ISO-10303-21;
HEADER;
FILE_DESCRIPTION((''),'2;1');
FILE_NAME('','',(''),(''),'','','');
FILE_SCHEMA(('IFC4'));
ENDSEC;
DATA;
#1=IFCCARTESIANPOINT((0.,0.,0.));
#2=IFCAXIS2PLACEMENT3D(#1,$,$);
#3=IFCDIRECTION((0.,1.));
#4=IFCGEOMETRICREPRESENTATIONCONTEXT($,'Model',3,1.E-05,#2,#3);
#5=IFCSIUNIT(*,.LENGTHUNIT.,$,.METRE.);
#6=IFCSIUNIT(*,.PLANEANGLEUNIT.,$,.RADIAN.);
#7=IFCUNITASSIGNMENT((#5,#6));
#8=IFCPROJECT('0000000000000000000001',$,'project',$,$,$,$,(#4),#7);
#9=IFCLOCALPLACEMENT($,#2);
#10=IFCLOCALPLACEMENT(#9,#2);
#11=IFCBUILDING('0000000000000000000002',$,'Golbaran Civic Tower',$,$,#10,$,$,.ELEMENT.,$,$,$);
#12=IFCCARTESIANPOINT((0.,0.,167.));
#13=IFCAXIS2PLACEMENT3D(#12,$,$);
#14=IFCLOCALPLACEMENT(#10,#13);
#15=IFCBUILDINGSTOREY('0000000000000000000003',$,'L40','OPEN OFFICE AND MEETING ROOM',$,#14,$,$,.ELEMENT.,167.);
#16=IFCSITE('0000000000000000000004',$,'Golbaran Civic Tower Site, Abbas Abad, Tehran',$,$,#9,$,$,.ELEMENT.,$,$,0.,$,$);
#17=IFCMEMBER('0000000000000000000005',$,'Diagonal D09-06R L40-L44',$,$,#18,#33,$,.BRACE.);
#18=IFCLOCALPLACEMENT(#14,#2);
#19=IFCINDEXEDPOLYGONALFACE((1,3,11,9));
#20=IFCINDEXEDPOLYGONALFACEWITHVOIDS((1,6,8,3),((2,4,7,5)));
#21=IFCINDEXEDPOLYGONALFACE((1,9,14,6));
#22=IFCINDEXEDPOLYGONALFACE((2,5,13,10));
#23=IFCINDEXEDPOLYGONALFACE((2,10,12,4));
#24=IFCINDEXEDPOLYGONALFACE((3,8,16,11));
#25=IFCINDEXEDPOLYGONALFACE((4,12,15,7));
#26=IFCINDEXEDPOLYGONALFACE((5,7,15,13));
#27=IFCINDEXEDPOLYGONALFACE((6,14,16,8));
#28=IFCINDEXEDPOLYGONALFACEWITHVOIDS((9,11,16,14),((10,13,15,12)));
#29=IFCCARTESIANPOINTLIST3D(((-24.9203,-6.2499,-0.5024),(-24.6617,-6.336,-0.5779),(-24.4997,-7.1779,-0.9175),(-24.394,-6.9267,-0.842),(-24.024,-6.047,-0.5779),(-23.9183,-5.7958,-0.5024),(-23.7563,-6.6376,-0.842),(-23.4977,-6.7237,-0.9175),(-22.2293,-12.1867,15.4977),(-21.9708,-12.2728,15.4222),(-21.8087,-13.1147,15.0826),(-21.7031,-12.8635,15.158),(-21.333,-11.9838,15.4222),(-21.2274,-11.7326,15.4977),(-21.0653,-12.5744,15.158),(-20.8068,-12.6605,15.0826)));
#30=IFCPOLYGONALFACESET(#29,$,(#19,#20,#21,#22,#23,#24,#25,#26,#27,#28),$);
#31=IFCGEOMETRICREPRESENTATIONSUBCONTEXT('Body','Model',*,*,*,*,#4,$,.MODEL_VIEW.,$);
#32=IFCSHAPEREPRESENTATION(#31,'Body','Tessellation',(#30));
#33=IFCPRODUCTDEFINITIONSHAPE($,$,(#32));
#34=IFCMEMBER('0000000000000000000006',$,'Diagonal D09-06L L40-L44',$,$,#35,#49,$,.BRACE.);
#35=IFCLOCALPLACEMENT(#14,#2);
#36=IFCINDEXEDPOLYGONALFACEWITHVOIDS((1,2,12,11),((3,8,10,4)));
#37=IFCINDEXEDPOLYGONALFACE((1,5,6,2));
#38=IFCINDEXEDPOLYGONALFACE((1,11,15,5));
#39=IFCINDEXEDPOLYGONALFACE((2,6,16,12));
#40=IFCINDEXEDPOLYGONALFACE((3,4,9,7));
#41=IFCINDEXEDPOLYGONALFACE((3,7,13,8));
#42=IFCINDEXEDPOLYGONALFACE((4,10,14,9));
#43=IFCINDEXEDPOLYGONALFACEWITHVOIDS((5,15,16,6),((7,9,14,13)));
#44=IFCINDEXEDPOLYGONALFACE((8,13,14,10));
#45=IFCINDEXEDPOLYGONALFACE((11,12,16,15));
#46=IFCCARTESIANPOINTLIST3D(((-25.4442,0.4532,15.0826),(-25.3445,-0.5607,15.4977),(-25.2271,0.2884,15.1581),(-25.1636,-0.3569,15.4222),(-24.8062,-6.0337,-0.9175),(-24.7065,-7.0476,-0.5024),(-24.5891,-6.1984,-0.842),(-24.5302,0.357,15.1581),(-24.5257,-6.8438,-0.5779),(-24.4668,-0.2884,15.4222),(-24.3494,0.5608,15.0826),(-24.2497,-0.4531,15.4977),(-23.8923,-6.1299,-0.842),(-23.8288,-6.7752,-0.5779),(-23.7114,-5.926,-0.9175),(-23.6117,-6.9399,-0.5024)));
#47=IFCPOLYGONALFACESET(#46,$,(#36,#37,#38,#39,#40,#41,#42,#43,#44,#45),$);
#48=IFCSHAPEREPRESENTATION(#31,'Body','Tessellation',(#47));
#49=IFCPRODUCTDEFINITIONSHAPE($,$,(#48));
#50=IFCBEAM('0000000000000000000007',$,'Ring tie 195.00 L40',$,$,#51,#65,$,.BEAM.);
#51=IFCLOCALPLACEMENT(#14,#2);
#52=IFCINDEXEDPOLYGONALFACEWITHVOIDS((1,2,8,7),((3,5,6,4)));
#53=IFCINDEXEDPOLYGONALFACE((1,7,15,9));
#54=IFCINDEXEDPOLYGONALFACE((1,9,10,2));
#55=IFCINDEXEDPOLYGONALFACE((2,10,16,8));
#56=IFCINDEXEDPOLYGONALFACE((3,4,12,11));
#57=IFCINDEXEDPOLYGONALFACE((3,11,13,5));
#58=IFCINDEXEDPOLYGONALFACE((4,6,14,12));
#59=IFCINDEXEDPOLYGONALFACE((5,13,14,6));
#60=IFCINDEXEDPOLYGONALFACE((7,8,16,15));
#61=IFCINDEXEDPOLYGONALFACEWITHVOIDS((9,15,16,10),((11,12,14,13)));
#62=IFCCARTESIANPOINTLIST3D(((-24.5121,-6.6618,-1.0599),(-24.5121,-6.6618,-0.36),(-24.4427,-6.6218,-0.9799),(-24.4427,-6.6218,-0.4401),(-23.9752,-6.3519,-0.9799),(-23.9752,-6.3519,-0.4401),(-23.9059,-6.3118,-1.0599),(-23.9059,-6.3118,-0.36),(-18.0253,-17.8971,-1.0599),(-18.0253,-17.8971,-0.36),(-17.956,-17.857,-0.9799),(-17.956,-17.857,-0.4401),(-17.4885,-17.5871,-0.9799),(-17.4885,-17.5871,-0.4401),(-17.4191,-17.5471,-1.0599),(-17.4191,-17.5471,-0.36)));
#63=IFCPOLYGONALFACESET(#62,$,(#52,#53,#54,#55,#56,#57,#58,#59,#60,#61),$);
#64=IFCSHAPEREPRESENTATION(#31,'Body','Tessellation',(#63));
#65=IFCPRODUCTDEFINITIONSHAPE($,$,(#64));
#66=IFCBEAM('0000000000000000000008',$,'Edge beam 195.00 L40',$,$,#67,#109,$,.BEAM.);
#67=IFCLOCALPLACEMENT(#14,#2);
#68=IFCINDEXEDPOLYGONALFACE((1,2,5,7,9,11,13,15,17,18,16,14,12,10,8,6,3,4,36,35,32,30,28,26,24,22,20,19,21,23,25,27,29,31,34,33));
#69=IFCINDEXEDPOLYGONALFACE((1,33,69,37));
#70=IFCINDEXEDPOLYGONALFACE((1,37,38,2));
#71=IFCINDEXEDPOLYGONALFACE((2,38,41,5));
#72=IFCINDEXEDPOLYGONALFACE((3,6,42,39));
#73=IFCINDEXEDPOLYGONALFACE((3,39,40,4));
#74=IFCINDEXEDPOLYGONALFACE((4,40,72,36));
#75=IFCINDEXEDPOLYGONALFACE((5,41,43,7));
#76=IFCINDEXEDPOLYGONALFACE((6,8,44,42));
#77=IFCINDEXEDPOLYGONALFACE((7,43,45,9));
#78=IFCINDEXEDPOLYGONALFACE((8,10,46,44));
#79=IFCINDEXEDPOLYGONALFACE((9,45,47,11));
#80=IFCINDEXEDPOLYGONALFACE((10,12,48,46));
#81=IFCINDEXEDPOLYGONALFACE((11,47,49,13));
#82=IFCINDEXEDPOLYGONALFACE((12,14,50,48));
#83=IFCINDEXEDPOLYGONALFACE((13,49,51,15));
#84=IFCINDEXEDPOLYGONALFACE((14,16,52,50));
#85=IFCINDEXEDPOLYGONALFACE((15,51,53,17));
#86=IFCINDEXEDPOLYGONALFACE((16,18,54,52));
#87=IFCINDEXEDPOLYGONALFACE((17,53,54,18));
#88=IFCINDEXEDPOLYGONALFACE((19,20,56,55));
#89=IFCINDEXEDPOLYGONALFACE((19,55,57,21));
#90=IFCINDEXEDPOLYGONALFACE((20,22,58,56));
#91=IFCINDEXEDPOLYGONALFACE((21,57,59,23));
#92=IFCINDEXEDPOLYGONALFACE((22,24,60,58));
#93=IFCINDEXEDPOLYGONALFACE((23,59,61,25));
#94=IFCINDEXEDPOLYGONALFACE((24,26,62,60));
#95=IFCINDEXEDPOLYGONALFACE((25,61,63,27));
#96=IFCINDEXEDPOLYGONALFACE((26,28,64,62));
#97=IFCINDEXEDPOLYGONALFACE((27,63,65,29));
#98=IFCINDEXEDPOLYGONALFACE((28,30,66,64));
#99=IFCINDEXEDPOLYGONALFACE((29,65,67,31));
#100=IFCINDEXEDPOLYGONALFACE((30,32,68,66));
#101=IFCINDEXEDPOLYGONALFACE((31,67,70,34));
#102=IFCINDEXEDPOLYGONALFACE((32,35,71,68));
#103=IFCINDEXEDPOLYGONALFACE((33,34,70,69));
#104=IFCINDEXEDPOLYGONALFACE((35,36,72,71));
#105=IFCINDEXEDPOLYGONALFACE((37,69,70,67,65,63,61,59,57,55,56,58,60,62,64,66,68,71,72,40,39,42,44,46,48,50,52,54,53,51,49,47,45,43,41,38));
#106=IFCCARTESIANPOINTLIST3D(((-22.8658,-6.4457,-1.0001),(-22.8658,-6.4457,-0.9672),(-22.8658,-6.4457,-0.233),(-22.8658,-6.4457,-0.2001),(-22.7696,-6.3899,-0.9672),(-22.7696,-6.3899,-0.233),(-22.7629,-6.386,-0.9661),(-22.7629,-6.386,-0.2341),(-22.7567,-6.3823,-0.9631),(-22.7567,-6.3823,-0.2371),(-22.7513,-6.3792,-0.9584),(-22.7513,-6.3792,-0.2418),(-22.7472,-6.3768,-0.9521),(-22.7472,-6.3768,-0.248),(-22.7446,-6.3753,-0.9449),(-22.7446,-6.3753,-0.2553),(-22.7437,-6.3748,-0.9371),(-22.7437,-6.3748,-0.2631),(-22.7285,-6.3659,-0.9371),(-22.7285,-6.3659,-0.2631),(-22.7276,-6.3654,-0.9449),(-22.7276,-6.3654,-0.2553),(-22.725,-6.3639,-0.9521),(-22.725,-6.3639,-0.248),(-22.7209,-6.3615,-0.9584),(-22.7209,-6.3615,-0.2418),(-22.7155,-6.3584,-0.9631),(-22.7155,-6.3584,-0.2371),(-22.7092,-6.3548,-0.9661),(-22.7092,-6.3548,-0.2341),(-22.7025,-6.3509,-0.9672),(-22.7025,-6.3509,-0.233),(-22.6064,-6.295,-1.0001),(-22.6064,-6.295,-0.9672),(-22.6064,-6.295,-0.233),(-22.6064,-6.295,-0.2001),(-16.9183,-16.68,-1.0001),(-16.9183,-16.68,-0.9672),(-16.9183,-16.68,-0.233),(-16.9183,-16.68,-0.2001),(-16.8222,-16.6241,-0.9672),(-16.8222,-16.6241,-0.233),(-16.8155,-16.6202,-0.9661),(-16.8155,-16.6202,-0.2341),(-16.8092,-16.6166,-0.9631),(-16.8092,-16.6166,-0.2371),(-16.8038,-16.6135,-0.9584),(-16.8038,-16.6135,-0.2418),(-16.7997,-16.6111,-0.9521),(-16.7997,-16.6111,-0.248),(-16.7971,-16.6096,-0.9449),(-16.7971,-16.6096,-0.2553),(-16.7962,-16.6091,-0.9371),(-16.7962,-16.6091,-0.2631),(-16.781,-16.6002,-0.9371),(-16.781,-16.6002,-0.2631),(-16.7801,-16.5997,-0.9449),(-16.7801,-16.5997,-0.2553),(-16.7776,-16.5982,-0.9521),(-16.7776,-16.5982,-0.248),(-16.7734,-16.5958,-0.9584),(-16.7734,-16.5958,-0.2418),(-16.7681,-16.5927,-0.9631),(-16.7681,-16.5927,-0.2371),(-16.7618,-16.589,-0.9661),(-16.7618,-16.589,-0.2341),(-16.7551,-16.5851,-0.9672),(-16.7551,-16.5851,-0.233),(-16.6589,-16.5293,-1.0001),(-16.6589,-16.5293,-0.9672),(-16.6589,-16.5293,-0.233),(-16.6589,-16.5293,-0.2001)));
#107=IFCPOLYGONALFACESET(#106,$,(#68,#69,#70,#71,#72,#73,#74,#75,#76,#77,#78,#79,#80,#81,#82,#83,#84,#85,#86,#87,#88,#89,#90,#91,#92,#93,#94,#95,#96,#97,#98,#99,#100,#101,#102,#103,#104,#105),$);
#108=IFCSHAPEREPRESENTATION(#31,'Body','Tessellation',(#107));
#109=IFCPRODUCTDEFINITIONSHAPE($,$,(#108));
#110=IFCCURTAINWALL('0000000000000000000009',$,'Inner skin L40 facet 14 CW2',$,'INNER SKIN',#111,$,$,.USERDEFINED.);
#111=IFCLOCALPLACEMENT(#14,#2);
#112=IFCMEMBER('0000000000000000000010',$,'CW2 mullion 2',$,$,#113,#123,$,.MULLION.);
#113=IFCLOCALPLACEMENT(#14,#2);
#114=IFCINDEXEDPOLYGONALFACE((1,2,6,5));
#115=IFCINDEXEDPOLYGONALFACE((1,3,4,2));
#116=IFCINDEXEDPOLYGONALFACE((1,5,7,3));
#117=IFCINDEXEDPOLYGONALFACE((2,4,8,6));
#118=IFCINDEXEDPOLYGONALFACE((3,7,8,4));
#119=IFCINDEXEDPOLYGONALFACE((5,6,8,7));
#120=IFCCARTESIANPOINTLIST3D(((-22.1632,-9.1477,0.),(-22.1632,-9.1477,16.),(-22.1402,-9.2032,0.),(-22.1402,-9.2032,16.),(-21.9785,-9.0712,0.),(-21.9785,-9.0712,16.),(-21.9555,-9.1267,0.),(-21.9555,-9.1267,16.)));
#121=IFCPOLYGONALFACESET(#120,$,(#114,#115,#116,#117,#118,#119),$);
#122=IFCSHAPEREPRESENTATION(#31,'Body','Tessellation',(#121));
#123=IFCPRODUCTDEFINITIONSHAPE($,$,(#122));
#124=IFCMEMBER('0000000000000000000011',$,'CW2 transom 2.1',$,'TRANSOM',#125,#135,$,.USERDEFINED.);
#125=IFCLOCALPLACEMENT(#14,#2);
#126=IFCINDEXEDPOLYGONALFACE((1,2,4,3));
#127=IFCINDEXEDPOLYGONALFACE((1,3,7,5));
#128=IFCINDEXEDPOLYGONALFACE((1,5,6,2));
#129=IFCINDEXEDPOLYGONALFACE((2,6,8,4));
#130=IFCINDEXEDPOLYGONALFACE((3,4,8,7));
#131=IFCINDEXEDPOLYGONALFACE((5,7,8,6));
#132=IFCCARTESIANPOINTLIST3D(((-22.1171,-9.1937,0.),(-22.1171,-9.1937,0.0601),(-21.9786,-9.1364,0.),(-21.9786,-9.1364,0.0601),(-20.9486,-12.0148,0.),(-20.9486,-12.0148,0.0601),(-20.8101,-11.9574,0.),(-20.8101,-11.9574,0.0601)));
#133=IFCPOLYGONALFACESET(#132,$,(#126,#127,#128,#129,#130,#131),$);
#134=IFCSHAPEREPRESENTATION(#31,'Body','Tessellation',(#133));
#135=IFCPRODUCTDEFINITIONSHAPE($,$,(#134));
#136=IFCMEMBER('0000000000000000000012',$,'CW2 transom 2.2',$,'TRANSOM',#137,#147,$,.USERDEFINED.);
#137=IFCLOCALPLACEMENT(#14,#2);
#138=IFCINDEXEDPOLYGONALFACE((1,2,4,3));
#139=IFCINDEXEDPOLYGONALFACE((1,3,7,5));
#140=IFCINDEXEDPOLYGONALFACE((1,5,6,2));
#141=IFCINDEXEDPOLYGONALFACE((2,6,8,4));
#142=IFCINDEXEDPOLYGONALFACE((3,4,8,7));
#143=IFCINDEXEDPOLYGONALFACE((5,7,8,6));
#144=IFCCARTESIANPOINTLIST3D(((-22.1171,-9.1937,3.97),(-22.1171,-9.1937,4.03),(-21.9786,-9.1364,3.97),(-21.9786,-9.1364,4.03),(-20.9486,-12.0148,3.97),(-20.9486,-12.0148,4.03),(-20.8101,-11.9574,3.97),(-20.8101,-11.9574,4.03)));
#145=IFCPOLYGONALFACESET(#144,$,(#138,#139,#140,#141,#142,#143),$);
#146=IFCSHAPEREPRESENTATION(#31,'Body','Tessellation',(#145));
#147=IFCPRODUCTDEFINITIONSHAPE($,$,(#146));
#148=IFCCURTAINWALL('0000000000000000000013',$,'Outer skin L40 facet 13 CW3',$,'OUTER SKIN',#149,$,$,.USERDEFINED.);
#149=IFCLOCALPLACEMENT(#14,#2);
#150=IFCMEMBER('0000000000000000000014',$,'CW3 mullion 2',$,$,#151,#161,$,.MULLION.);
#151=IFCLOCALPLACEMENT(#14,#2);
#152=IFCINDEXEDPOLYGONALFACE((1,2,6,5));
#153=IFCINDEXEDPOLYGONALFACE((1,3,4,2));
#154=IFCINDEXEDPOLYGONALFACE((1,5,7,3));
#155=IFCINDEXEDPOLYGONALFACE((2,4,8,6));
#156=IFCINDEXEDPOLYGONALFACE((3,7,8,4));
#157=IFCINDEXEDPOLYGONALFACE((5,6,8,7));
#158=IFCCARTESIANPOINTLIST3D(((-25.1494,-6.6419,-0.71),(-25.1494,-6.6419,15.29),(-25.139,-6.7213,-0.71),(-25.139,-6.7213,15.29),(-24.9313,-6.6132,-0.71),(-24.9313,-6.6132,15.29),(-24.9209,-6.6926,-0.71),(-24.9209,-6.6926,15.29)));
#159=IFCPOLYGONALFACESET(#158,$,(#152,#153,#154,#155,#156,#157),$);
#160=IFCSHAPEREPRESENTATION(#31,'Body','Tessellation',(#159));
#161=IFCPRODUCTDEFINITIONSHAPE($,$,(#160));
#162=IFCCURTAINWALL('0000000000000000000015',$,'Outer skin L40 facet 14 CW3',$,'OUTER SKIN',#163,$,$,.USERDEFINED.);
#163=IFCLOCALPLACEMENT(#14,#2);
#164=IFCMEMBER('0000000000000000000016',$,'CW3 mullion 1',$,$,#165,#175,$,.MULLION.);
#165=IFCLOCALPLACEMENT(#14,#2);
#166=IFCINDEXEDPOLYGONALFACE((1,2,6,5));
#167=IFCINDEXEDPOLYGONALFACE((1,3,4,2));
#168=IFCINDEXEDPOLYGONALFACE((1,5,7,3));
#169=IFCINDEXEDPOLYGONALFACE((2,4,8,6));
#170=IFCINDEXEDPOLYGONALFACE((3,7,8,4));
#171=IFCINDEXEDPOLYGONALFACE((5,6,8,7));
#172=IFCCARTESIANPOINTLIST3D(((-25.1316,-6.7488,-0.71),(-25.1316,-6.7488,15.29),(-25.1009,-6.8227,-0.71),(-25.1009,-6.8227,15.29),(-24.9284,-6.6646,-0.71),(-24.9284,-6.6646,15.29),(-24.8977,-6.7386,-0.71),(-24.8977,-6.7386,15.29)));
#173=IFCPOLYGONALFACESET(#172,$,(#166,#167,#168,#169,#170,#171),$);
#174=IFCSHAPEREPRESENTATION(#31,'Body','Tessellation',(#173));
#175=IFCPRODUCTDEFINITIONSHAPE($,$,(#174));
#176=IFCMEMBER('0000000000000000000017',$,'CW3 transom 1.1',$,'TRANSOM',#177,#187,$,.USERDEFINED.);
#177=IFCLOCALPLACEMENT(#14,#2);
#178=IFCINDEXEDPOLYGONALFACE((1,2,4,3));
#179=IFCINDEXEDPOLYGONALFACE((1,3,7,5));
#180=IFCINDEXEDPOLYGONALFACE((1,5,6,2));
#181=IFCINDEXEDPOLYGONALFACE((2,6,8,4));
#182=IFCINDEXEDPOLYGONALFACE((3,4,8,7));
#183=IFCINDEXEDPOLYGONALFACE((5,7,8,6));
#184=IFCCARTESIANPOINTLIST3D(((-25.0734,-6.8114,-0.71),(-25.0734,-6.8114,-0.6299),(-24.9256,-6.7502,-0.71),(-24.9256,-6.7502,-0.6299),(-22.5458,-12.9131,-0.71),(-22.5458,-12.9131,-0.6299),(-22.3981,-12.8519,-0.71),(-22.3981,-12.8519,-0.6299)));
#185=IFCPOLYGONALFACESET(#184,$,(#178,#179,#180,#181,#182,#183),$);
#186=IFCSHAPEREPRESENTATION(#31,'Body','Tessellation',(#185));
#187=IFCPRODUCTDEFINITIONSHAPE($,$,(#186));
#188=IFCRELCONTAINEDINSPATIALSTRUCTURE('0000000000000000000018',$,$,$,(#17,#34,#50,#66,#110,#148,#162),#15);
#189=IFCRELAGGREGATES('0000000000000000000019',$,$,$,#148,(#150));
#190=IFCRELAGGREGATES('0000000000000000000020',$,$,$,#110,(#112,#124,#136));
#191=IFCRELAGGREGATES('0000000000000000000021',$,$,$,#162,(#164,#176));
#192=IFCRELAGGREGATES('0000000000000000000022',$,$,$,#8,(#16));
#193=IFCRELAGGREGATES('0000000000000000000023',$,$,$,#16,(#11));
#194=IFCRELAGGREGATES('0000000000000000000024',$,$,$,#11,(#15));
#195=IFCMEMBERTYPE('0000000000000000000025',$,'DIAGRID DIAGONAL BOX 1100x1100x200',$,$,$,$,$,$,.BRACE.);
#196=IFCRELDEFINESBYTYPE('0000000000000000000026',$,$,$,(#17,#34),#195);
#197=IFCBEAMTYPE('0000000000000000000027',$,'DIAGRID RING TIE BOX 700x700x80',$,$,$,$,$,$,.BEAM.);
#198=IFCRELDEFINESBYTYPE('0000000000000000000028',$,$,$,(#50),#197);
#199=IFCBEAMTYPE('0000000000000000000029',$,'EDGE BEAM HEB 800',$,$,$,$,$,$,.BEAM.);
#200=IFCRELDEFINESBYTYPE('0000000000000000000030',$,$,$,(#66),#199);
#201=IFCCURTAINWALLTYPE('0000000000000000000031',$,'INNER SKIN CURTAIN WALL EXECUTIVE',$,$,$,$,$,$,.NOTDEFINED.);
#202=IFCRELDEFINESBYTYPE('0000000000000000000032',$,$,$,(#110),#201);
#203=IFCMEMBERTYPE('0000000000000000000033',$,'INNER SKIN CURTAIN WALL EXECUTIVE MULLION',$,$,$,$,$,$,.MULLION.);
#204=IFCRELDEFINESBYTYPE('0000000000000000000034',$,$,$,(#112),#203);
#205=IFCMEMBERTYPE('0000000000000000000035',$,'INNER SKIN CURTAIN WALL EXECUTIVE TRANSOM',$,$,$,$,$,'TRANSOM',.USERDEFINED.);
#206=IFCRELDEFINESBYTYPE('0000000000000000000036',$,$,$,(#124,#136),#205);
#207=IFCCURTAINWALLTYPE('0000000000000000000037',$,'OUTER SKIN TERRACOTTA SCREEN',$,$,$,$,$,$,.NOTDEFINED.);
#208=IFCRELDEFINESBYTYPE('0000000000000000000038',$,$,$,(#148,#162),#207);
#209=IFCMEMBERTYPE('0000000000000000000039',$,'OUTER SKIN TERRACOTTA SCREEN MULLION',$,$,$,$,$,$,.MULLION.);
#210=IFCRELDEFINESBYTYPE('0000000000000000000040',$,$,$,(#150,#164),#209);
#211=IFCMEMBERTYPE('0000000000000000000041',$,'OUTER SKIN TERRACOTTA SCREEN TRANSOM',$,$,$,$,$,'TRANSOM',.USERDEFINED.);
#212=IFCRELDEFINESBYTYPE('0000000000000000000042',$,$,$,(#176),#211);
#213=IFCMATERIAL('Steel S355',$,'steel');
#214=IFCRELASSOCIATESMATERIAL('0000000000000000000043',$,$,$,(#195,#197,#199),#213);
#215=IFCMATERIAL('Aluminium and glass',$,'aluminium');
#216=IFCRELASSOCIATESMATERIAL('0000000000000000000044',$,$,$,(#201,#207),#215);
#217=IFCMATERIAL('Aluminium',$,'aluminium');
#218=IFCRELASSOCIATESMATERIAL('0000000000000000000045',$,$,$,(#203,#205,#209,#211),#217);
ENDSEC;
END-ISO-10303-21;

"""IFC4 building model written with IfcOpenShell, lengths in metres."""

from ifc_helpers import new_model, si_unit, direction, frame, origin, origin_2d, place, context, subcontext, project, spatial, rectangle, hollow_rectangle, i_section, extrude, material, material_profile, profile_set, type_object, element, aggregate, save


model = new_model("IFC4")

# Units and contexts
model_context = context("Model", 3, precision=1e-05, world=origin(), true_north=direction((0.0, 1.0)))
body_context = subcontext(model_context, "Body", "Model", "MODEL_VIEW")
ifc_project = project(units=[si_unit("LENGTHUNIT", "METRE"), si_unit("PLANEANGLEUNIT", "RADIAN")], contexts=[model_context])

# Site, building, storey
site_placement = place(None, origin())
site = spatial("IfcSite", under=ifc_project, at=site_placement, Name="Golbaran Civic Tower Site, Abbas Abad, Tehran", CompositionType="ELEMENT", RefElevation=0.0)
building_placement = place(site_placement, origin())
building = spatial("IfcBuilding", under=site, at=building_placement, Name="Golbaran Civic Tower", CompositionType="ELEMENT")
storey_placement = place(building_placement, frame((0.0, 0.0, 167.0)))
storey = spatial("IfcBuildingStorey", under=building, at=storey_placement, Name="L40", Description="OPEN OFFICE AND MEETING ROOM", CompositionType="ELEMENT", Elevation=167.0)

# Members
ifc_material_1 = material(Name="Steel S355", Category="steel")
ifc_material_profile_1 = material_profile(ifc_material_1, hollow_rectangle(XDim=1.1001, YDim=1.1001, WallThickness=0.2, at=origin_2d()), Name="BOX 1100x1100x200")
ifc_profile_set_1 = profile_set([ifc_material_profile_1], Name="Steel S355")
member_type_1 = type_object("IfcMemberType", Name="DIAGRID DIAGONAL BOX 1100x1100x200", PredefinedType="BRACE", material=ifc_profile_set_1)
for number, where, z_axis, x_axis, name in (
    (1, (-24.209, -6.4868, -0.71), (0.155754, -0.343627, 0.9261), (0.910806, 0.412835, 0.0), "Diagonal D09-06R L40-L44"),
    (2, (-24.209, -6.4868, -0.71), (-0.036925, 0.375465, 0.926101), (-0.995199, -0.097872, 0.0), "Diagonal D09-06L L40-L44"),
):
    element("IfcMember", number, at=place(storey_placement, frame(where, z_axis=z_axis, x_axis=x_axis)), inside=storey, type_object=member_type_1, Name=name, PredefinedType="BRACE", context=body_context, shape_type="SweptSolid", body=[
        extrude(hollow_rectangle(XDim=1.1001, YDim=1.1001, WallThickness=0.2, at=origin_2d()), origin(), (0.0, 0.0, 1.0), 17.2769),
    ])

# Beams
ifc_material_profile_2 = material_profile(ifc_material_1, hollow_rectangle(XDim=0.7, YDim=0.7, WallThickness=0.0801, at=origin_2d()), Name="BOX 700x700x80")
ifc_profile_set_2 = profile_set([ifc_material_profile_2], Name="Steel S355")
beam_type_1 = type_object("IfcBeamType", Name="DIAGRID RING TIE BOX 700x700x80", PredefinedType="BEAM", material=ifc_profile_set_2)
beam_1_placement = place(storey_placement, frame((-24.209, -6.4868, -0.71), z_axis=(0.500005, -0.866023, 0.0), x_axis=(0.866023, 0.500005, 0.0)))
element("IfcBeam", 3, at=beam_1_placement, inside=storey, type_object=beam_type_1, Name="Ring tie 195.00 L40", PredefinedType="BEAM", context=body_context, shape_type="SweptSolid", body=[
    extrude(hollow_rectangle(XDim=0.7, YDim=0.7, WallThickness=0.0801, at=origin_2d()), origin(), (0.0, 0.0, 1.0), 12.9734),
])
ifc_material_profile_3 = material_profile(ifc_material_1, i_section(OverallWidth=0.3, OverallDepth=0.8, WebThickness=0.0176, FlangeThickness=0.033, FilletRadius=0.03, at=origin_2d()), Name="HEB 800")
ifc_profile_set_3 = profile_set([ifc_material_profile_3], Name="Steel S355")
beam_type_2 = type_object("IfcBeamType", Name="EDGE BEAM HEB 800", PredefinedType="BEAM", material=ifc_profile_set_3)
beam_2_placement = place(storey_placement, frame((-22.7361, -6.3704, -0.6001), z_axis=(0.502449, -0.864607, 0.0), x_axis=(0.864607, 0.502449, 0.0)))
element("IfcBeam", 4, at=beam_2_placement, inside=storey, type_object=beam_type_2, Name="Edge beam 195.00 L40", PredefinedType="BEAM", context=body_context, shape_type="SweptSolid", body=[
    extrude(i_section(OverallWidth=0.3, OverallDepth=0.8, WebThickness=0.0176, FlangeThickness=0.033, FilletRadius=0.03, at=origin_2d()), origin(), (0.0, 0.0, 1.0), 11.8369),
])

# Curtain wall, members
ifc_material_2 = material(Name="Aluminium and glass", Category="aluminium")
curtain_wall_type_1 = type_object("IfcCurtainWallType", Name="INNER SKIN CURTAIN WALL EXECUTIVE", PredefinedType="NOTDEFINED", material=ifc_material_2)
curtain_wall_1_placement = place(storey_placement, origin())
curtain_wall_1 = element("IfcCurtainWall", 5, at=curtain_wall_1_placement, inside=storey, type_object=curtain_wall_type_1, Name="Inner skin L40 facet 14 CW2", ObjectType="INNER SKIN", PredefinedType="USERDEFINED")
ifc_material_3 = material(Name="Aluminium", Category="aluminium")
ifc_material_profile_4 = material_profile(ifc_material_3, rectangle(XDim=0.2, YDim=0.0601, at=origin_2d()), Name="INNER SKIN CURTAIN WALL EXECUTIVE MULLION")
ifc_profile_set_4 = profile_set([ifc_material_profile_4], Name="Aluminium")
member_type_2 = type_object("IfcMemberType", Name="INNER SKIN CURTAIN WALL EXECUTIVE MULLION", PredefinedType="MULLION", material=ifc_profile_set_4)
member_1_placement = place(storey_placement, frame((-22.0593, -9.1372, 0.0), z_axis=(0.0, 0.0, 1.0), x_axis=(0.92388, 0.382683, 0.0)))
member_1 = element("IfcMember", 6, at=member_1_placement, type_object=member_type_2, Name="CW2 mullion 2", PredefinedType="MULLION", context=body_context, shape_type="SweptSolid", body=[
    extrude(rectangle(XDim=0.2, YDim=0.0601, at=origin_2d()), origin(), (0.0, 0.0, 1.0), 16.0),
])
ifc_material_profile_5 = material_profile(ifc_material_3, rectangle(XDim=0.1499, YDim=0.0601, at=origin_2d()), Name="INNER SKIN CURTAIN WALL EXECUTIVE TRANSOM")
ifc_profile_set_5 = profile_set([ifc_material_profile_5], Name="Aluminium")
member_type_3 = type_object("IfcMemberType", Name="INNER SKIN CURTAIN WALL EXECUTIVE TRANSOM", ElementType="TRANSOM", PredefinedType="USERDEFINED", material=ifc_profile_set_5)
member_2_placement = place(storey_placement, frame((-22.0479, -9.165, 0.03), z_axis=(0.382667, -0.923886, 0.0), x_axis=(0.923886, 0.382667, 0.0)))
member_2 = element("IfcMember", 7, at=member_2_placement, type_object=member_type_3, Name="CW2 transom 2.1", ObjectType="TRANSOM", PredefinedType="USERDEFINED", context=body_context, shape_type="SweptSolid", body=[
    extrude(rectangle(XDim=0.1499, YDim=0.0601, at=origin_2d()), origin(), (0.0, 0.0, 1.0), 3.0535),
])
member_3_placement = place(storey_placement, frame((-22.0479, -9.165, 4.0), z_axis=(0.382667, -0.923886, 0.0), x_axis=(0.923886, 0.382667, 0.0)))
member_3 = element("IfcMember", 8, at=member_3_placement, type_object=member_type_3, Name="CW2 transom 2.2", ObjectType="TRANSOM", PredefinedType="USERDEFINED", context=body_context, shape_type="SweptSolid", body=[
    extrude(rectangle(XDim=0.1499, YDim=0.0601, at=origin_2d()), origin(), (0.0, 0.0, 1.0), 3.0535),
])

# Curtain wall, member
curtain_wall_type_2 = type_object("IfcCurtainWallType", Name="OUTER SKIN TERRACOTTA SCREEN", PredefinedType="NOTDEFINED", material=ifc_material_2)
curtain_wall_2_placement = place(storey_placement, origin())
curtain_wall_2 = element("IfcCurtainWall", 9, at=curtain_wall_2_placement, inside=storey, type_object=curtain_wall_type_2, Name="Outer skin L40 facet 13 CW3", ObjectType="OUTER SKIN", PredefinedType="USERDEFINED")
ifc_material_profile_6 = material_profile(ifc_material_3, rectangle(XDim=0.22, YDim=0.0801, at=origin_2d()), Name="OUTER SKIN TERRACOTTA SCREEN MULLION")
ifc_profile_set_6 = profile_set([ifc_material_profile_6], Name="Aluminium")
member_type_4 = type_object("IfcMemberType", Name="OUTER SKIN TERRACOTTA SCREEN MULLION", PredefinedType="MULLION", material=ifc_profile_set_6)
member_4_placement = place(storey_placement, frame((-25.0352, -6.6672, -0.71), z_axis=(0.0, 0.0, 1.0), x_axis=(0.991445, 0.130526, 0.0)))
member_4 = element("IfcMember", 10, at=member_4_placement, type_object=member_type_4, Name="CW3 mullion 2", PredefinedType="MULLION", context=body_context, shape_type="SweptSolid", body=[
    extrude(rectangle(XDim=0.22, YDim=0.0801, at=origin_2d()), origin(), (0.0, 0.0, 1.0), 16.0),
])
aggregate(curtain_wall_2, [member_4])

# Curtain wall, members
curtain_wall_3_placement = place(storey_placement, origin())
curtain_wall_3 = element("IfcCurtainWall", 11, at=curtain_wall_3_placement, inside=storey, type_object=curtain_wall_type_2, Name="Outer skin L40 facet 14 CW3", ObjectType="OUTER SKIN", PredefinedType="USERDEFINED")
member_5_placement = place(storey_placement, frame((-25.0146, -6.7437, -0.71), z_axis=(0.0, 0.0, 1.0), x_axis=(0.92388, 0.382683, 0.0)))
member_5 = element("IfcMember", 12, at=member_5_placement, type_object=member_type_4, Name="CW3 mullion 1", PredefinedType="MULLION", context=body_context, shape_type="SweptSolid", body=[
    extrude(rectangle(XDim=0.22, YDim=0.0801, at=origin_2d()), origin(), (0.0, 0.0, 1.0), 16.0),
])
ifc_material_profile_7 = material_profile(ifc_material_3, rectangle(XDim=0.1599, YDim=0.0801, at=origin_2d()), Name="OUTER SKIN TERRACOTTA SCREEN TRANSOM")
ifc_profile_set_7 = profile_set([ifc_material_profile_7], Name="Aluminium")
member_type_5 = type_object("IfcMemberType", Name="OUTER SKIN TERRACOTTA SCREEN TRANSOM", ElementType="TRANSOM", PredefinedType="USERDEFINED", material=ifc_profile_set_7)
member_6_placement = place(storey_placement, frame((-24.9995, -6.7808, -0.6699), z_axis=(0.382701, -0.923872, 0.0), x_axis=(0.923872, 0.382701, 0.0)))
member_6 = element("IfcMember", 13, at=member_6_placement, type_object=member_type_5, Name="CW3 transom 1.1", ObjectType="TRANSOM", PredefinedType="USERDEFINED", context=body_context, shape_type="SweptSolid", body=[
    extrude(rectangle(XDim=0.1599, YDim=0.0801, at=origin_2d()), origin(), (0.0, 0.0, 1.0), 6.6045),
])

aggregate(curtain_wall_1, [member_1, member_2, member_3])
aggregate(curtain_wall_3, [member_5, member_6])

save(model, "model.ifc")
